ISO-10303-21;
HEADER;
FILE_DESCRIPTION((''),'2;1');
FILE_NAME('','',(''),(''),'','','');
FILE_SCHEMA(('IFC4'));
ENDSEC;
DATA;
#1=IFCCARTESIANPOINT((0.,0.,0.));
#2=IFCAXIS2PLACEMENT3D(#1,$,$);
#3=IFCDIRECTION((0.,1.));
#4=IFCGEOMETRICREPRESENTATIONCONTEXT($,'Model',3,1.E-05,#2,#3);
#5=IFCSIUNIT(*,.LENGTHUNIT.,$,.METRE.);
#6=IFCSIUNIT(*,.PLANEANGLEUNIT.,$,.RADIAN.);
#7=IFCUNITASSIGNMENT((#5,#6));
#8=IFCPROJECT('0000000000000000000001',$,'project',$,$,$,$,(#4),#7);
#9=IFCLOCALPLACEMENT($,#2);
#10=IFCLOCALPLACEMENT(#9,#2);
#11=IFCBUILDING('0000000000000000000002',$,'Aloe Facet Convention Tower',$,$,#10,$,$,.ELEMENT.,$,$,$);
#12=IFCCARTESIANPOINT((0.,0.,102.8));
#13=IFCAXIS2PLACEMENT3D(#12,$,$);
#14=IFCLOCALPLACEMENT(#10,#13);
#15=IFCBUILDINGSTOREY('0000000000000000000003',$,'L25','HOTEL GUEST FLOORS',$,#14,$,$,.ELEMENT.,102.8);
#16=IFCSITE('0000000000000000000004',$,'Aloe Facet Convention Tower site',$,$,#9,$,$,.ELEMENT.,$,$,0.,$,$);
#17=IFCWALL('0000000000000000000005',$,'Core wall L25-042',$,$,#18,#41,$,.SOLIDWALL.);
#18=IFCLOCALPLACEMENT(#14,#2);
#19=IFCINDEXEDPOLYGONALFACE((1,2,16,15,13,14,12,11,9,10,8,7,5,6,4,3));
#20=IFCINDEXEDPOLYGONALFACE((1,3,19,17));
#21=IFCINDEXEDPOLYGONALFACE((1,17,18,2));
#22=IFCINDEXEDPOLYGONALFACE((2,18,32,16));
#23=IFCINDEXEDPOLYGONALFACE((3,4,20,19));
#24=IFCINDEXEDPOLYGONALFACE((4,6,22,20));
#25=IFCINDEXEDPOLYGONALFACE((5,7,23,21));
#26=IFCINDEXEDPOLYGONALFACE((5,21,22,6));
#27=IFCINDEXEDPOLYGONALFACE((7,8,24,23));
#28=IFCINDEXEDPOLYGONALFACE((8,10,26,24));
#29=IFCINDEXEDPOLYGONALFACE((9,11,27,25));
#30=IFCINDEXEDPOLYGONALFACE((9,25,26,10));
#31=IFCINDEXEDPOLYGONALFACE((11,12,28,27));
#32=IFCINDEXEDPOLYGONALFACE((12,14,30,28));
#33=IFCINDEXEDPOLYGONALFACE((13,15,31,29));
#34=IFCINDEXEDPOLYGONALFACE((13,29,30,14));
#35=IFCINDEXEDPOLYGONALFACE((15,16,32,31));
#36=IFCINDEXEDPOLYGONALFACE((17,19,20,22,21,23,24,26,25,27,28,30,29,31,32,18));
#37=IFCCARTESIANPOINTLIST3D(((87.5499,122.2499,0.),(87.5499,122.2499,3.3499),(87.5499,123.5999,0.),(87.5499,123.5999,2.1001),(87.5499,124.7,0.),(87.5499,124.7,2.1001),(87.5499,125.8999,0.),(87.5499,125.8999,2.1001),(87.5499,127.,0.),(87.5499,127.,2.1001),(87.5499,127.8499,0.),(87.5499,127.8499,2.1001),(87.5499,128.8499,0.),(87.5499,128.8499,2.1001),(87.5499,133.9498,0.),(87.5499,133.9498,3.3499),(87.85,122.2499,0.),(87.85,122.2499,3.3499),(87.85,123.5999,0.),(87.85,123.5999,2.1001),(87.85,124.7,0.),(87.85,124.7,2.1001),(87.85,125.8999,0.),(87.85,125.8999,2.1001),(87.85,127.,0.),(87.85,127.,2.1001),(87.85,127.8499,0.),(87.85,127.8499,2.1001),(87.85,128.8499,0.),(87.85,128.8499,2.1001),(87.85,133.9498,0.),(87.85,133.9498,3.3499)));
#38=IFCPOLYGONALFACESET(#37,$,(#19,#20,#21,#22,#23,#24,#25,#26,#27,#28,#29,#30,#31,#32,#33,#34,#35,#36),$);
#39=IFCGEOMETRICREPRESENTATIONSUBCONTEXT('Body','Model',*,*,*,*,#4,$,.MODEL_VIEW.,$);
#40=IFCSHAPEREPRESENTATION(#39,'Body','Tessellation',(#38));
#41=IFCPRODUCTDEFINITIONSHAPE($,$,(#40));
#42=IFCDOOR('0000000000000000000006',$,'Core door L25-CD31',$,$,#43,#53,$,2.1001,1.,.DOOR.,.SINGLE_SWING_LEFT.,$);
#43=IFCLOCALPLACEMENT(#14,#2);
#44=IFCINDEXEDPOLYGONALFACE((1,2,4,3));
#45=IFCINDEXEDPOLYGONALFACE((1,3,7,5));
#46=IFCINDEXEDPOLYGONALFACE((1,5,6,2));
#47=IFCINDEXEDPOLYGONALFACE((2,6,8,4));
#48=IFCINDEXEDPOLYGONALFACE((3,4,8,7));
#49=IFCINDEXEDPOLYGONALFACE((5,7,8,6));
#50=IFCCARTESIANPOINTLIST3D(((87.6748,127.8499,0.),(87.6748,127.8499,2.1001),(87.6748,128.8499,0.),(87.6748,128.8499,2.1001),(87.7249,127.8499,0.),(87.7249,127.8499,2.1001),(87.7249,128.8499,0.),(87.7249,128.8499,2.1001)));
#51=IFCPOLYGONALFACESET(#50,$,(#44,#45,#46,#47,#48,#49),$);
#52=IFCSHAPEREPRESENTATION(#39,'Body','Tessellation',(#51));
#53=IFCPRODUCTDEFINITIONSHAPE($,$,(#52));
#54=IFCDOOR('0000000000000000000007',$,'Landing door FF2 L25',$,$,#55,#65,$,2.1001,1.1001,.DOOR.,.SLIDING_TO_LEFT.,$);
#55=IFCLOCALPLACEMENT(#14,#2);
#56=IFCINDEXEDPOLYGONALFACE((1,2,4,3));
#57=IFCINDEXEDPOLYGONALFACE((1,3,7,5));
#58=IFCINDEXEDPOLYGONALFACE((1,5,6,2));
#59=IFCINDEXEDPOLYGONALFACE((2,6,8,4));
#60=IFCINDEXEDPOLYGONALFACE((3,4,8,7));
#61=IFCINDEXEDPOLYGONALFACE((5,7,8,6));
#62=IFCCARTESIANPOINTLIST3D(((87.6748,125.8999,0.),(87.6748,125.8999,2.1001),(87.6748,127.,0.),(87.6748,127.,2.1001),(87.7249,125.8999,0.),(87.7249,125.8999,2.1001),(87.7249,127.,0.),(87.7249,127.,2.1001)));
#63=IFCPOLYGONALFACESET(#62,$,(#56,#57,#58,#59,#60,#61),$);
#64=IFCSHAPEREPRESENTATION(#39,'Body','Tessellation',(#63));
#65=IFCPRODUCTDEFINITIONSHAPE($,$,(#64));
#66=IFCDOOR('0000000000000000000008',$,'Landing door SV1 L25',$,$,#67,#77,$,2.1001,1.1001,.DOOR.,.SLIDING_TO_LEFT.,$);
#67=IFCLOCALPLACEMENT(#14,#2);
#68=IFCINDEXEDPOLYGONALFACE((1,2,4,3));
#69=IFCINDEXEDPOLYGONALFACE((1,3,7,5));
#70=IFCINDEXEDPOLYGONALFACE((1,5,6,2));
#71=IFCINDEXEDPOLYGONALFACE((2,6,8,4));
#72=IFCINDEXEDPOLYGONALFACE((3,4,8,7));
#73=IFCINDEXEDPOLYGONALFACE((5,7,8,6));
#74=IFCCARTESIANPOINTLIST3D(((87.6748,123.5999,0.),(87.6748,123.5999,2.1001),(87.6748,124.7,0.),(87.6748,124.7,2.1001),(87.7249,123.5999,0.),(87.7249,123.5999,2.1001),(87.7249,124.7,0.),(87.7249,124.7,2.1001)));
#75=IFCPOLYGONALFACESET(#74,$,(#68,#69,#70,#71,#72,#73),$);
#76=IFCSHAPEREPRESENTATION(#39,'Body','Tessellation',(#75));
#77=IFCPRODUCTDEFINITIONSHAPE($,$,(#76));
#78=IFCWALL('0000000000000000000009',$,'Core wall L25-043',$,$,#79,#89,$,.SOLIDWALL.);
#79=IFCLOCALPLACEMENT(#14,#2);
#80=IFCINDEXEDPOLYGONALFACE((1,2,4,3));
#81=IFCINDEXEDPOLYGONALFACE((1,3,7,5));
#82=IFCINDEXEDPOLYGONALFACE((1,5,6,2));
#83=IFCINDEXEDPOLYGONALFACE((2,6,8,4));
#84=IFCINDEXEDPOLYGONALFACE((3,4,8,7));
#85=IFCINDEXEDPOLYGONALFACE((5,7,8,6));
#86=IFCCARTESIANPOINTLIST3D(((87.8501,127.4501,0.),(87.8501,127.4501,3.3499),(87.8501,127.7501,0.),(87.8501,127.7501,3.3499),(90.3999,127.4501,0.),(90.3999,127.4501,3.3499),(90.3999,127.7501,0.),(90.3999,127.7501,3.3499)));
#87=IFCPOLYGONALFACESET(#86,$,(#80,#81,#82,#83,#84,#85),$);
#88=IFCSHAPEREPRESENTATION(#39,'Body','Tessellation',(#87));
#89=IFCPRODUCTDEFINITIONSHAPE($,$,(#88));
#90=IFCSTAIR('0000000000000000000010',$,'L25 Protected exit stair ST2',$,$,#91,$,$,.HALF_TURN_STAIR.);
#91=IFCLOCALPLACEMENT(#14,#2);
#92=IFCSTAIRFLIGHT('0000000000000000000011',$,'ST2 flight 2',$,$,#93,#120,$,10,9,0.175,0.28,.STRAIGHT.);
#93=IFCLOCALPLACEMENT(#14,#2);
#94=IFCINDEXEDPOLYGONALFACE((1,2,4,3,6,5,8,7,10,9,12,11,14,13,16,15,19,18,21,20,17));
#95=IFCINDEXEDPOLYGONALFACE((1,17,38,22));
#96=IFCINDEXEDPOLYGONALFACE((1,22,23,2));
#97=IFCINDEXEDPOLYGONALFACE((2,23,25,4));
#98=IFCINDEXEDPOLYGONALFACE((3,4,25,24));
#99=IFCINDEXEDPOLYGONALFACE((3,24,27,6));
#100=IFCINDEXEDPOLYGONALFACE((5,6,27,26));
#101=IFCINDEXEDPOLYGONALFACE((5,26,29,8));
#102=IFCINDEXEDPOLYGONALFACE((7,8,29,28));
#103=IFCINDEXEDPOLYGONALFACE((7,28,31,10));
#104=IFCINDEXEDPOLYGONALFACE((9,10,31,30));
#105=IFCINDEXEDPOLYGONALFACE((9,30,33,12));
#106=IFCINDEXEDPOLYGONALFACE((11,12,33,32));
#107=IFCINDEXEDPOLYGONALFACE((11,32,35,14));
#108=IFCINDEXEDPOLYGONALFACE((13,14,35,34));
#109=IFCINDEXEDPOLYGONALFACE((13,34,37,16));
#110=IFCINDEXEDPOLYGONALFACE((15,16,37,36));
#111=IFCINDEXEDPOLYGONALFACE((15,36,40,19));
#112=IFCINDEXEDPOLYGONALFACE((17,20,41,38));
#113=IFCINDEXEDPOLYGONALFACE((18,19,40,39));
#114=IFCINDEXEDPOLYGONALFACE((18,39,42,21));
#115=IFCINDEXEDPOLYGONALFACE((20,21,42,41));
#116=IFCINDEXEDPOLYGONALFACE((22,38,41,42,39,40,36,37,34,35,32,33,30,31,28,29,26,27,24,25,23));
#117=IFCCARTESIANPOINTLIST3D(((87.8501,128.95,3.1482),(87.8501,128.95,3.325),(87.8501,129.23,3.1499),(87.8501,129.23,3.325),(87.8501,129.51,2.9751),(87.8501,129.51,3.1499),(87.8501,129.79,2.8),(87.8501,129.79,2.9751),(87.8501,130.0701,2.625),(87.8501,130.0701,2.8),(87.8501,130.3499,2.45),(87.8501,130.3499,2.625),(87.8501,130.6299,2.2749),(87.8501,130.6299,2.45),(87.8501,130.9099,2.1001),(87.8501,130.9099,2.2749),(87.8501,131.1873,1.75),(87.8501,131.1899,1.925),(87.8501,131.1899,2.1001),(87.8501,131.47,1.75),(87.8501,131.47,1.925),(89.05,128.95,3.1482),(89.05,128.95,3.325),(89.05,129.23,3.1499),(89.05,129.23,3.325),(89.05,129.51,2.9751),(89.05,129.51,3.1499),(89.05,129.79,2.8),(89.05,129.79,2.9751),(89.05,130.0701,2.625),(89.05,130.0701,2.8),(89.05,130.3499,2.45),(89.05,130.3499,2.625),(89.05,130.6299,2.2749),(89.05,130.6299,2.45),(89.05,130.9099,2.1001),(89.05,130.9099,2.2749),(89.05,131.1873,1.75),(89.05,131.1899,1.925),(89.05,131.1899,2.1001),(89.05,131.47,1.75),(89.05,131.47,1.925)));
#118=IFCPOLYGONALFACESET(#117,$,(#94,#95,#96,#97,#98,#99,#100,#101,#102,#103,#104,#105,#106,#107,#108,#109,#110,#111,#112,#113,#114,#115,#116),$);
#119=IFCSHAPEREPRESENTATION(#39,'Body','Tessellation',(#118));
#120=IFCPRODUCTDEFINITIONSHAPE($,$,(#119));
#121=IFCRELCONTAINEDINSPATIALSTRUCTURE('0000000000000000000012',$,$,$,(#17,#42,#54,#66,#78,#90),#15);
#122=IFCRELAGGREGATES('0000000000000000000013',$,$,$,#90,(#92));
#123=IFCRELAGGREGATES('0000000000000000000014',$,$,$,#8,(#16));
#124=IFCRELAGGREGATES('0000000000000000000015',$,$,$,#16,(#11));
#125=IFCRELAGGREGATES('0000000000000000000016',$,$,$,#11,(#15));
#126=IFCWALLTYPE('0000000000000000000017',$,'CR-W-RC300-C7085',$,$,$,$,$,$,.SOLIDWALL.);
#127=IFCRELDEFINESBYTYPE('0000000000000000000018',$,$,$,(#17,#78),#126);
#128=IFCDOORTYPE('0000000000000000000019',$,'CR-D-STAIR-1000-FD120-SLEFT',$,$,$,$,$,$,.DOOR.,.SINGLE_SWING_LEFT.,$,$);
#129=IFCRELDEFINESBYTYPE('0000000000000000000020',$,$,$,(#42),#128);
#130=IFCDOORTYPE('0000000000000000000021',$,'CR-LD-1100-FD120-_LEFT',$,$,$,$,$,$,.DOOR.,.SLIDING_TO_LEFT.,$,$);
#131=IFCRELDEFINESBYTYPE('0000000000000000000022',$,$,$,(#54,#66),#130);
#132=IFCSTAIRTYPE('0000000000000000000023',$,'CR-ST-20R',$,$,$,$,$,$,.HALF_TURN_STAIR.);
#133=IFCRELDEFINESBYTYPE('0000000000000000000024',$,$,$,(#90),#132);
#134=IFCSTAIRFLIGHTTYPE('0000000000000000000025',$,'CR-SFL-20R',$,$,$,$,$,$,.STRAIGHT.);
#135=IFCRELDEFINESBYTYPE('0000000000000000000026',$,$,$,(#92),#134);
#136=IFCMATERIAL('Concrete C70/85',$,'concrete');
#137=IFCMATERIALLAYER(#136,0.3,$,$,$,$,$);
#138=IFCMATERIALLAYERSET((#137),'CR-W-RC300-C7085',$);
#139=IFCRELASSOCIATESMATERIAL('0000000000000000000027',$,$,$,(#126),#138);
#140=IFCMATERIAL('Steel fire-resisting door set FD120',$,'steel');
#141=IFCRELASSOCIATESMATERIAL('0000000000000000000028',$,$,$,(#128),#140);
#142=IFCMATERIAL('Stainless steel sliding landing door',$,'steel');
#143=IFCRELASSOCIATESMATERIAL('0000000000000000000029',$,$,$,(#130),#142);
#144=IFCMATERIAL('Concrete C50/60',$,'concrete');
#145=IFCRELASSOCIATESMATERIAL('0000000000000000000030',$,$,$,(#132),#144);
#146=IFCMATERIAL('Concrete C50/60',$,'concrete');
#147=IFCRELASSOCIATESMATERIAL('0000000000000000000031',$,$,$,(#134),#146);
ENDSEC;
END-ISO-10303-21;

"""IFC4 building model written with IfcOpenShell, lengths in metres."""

from ifc_helpers import new_model, si_unit, direction, frame, frame_2d, origin, place, context, subcontext, project, spatial, polyline, rectangle, outline, extrude, material, layer, layer_set, type_object, element, fill, aggregate, save


model = new_model("IFC4")

# Units and contexts
model_context = context("Model", 3, precision=1e-05, world=origin(), true_north=direction((0.0, 1.0)))
body_context = subcontext(model_context, "Body", "Model", "MODEL_VIEW")
ifc_project = project(units=[si_unit("LENGTHUNIT", "METRE"), si_unit("PLANEANGLEUNIT", "RADIAN")], contexts=[model_context])

# Site, building, storey
site_placement = place(None, origin())
site = spatial("IfcSite", under=ifc_project, at=site_placement, Name="Aloe Facet Convention Tower site", CompositionType="ELEMENT", RefElevation=0.0)
building_placement = place(site_placement, origin())
building = spatial("IfcBuilding", under=site, at=building_placement, Name="Aloe Facet Convention Tower", CompositionType="ELEMENT")
storey_placement = place(building_placement, frame((0.0, 0.0, 102.8)))
storey = spatial("IfcBuildingStorey", under=building, at=storey_placement, Name="L25", Description="HOTEL GUEST FLOORS", CompositionType="ELEMENT", Elevation=102.8)

# Shared definitions
ifc_material_1 = material(Name="Concrete C70/85", Category="concrete")
ifc_layer_1 = layer(ifc_material_1, 0.3)
ifc_layer_set_1 = layer_set([ifc_layer_1], Name="CR-W-RC300-C7085")
wall_type_1 = type_object("IfcWallType", Name="CR-W-RC300-C7085", PredefinedType="SOLIDWALL", material=ifc_layer_set_1)

# Wall, openings, doors
wall_1_placement = place(storey_placement, frame((87.7, 133.95, 0.0), z_axis=(0.0, 0.0, 1.0), x_axis=(0.0, -1.0, 0.0)))
wall_1 = element("IfcWall", 1, at=wall_1_placement, inside=storey, type_object=wall_type_1, Name="Core wall L25-042", PredefinedType="SOLIDWALL", context=body_context, shape_type="SweptSolid", body=[
    extrude(rectangle(XDim=11.7, YDim=0.3, at=frame_2d((5.8501, 0.0))), origin(), (0.0, 0.0, 1.0), 3.3499),
])
opening_1_placement = place(wall_1_placement, frame((6.95, 0.0, 0.0)))
opening_1 = element("IfcOpeningElement", 2, at=opening_1_placement, cuts=wall_1, PredefinedType="OPENING", context=body_context, shape_type="SweptSolid", body=[
    extrude(rectangle(XDim=1.1001, YDim=2.1001, at=frame_2d((0.55, 1.05))), frame((0.0, 0.1602, 0.0), z_axis=(0.0, -1.0, 0.0), x_axis=(1.0, 0.0, 0.0)), (0.0, 0.0, 1.0), 0.3201),
])
opening_2_placement = place(wall_1_placement, frame((5.1001, 0.0, 0.0)))
opening_2 = element("IfcOpeningElement", 3, at=opening_2_placement, cuts=wall_1, PredefinedType="OPENING", context=body_context, shape_type="SweptSolid", body=[
    extrude(rectangle(XDim=1.0, YDim=2.1001, at=frame_2d((0.5, 1.05))), frame((0.0, 0.1602, 0.0), z_axis=(0.0, -1.0, 0.0), x_axis=(1.0, 0.0, 0.0)), (0.0, 0.0, 1.0), 0.3201),
])
opening_3_placement = place(wall_1_placement, frame((9.25, 0.0, 0.0)))
opening_3 = element("IfcOpeningElement", 4, at=opening_3_placement, cuts=wall_1, PredefinedType="OPENING", context=body_context, shape_type="SweptSolid", body=[
    extrude(rectangle(XDim=1.1001, YDim=2.1001, at=frame_2d((0.55, 1.05))), frame((0.0, 0.1602, 0.0), z_axis=(0.0, -1.0, 0.0), x_axis=(1.0, 0.0, 0.0)), (0.0, 0.0, 1.0), 0.3201),
])
ifc_material_2 = material(Name="Steel fire-resisting door set FD120", Category="steel")
door_type_1 = type_object("IfcDoorType", Name="CR-D-STAIR-1000-FD120-SLEFT", OperationType="SINGLE_SWING_LEFT", PredefinedType="DOOR", material=ifc_material_2)
door_1_placement = place(opening_2_placement, origin())
door_1 = element("IfcDoor", 5, at=door_1_placement, inside=storey, type_object=door_type_1, Name="Core door L25-CD31", OperationType="SINGLE_SWING_LEFT", OverallHeight=2.1001, OverallWidth=1.0, PredefinedType="DOOR", context=body_context, shape_type="SweptSolid", body=[
    extrude(rectangle(XDim=1.0, YDim=2.1001, at=frame_2d((0.5, 1.05))), frame((0.0, 0.0249, 0.0), z_axis=(0.0, -1.0, 0.0), x_axis=(1.0, 0.0, 0.0)), (0.0, 0.0, 1.0), 0.05),
])
fill(opening_2, door_1)
ifc_material_3 = material(Name="Stainless steel sliding landing door", Category="steel")
door_type_2 = type_object("IfcDoorType", Name="CR-LD-1100-FD120-_LEFT", OperationType="SLIDING_TO_LEFT", PredefinedType="DOOR", material=ifc_material_3)
door_2_placement = place(opening_1_placement, origin())
door_2 = element("IfcDoor", 6, at=door_2_placement, inside=storey, type_object=door_type_2, Name="Landing door FF2 L25", OperationType="SLIDING_TO_LEFT", OverallHeight=2.1001, OverallWidth=1.1001, PredefinedType="DOOR", context=body_context, shape_type="SweptSolid", body=[
    extrude(rectangle(XDim=1.1001, YDim=2.1001, at=frame_2d((0.55, 1.05))), frame((0.0, 0.0249, 0.0), z_axis=(0.0, -1.0, 0.0), x_axis=(1.0, 0.0, 0.0)), (0.0, 0.0, 1.0), 0.05),
])
fill(opening_1, door_2)
door_3_placement = place(opening_3_placement, origin())
door_3 = element("IfcDoor", 7, at=door_3_placement, inside=storey, type_object=door_type_2, Name="Landing door SV1 L25", OperationType="SLIDING_TO_LEFT", OverallHeight=2.1001, OverallWidth=1.1001, PredefinedType="DOOR", context=body_context, shape_type="SweptSolid", body=[
    extrude(rectangle(XDim=1.1001, YDim=2.1001, at=frame_2d((0.55, 1.05))), frame((0.0, 0.0249, 0.0), z_axis=(0.0, -1.0, 0.0), x_axis=(1.0, 0.0, 0.0)), (0.0, 0.0, 1.0), 0.05),
])
fill(opening_3, door_3)

# Wall
wall_2_placement = place(storey_placement, frame((87.8501, 127.6001, 0.0), z_axis=(0.0, 0.0, 1.0), x_axis=(1.0, 0.0, 0.0)))
element("IfcWall", 8, at=wall_2_placement, inside=storey, type_object=wall_type_1, Name="Core wall L25-043", PredefinedType="SOLIDWALL", context=body_context, shape_type="SweptSolid", body=[
    extrude(rectangle(XDim=2.5498, YDim=0.3, at=frame_2d((1.2749, 0.0))), origin(), (0.0, 0.0, 1.0), 3.3499),
])

# Stair, stair flight
ifc_material_4 = material(Name="Concrete C50/60", Category="concrete")
stair_type = type_object("IfcStairType", Name="CR-ST-20R", PredefinedType="HALF_TURN_STAIR", material=ifc_material_4)
stair_placement = place(storey_placement, origin())
stair = element("IfcStair", 9, at=stair_placement, inside=storey, type_object=stair_type, Name="L25 Protected exit stair ST2", PredefinedType="HALF_TURN_STAIR")
ifc_material_5 = material(Name="Concrete C50/60", Category="concrete")
stair_flight_type = type_object("IfcStairFlightType", Name="CR-SFL-20R", PredefinedType="STRAIGHT", material=ifc_material_5)
stair_flight_placement = place(storey_placement, frame((88.45, 131.47, 1.75), z_axis=(0.0, 0.0, 1.0), x_axis=(0.0, -1.0, 0.0)))
stair_flight = element("IfcStairFlight", 10, at=stair_flight_placement, type_object=stair_flight_type, Name="ST2 flight 2", NumberOfRisers=10, NumberOfTreads=9, PredefinedType="STRAIGHT", RiserHeight=0.175, TreadLength=0.28, context=body_context, shape_type="SweptSolid", body=[
    extrude(outline(polyline([(0.0, 0.0), (0.0, 0.175), (0.28, 0.175), (0.28, 0.3501), (0.5601, 0.3501), (0.5601, 0.5249), (0.8401, 0.5249), (0.8401, 0.7), (1.1201, 0.7), (1.1201, 0.875), (1.3999, 0.875), (1.3999, 1.05), (1.6799, 1.05), (1.6799, 1.2251), (1.96, 1.2251), (1.96, 1.3999), (2.24, 1.3999), (2.24, 1.575), (2.52, 1.575), (2.52, 1.75), (2.52, 1.3982), (0.2827, 0.0), (0.0, 0.0)])), frame((0.0, 0.6001, 0.0), z_axis=(0.0, -1.0, 0.0), x_axis=(1.0, 0.0, 0.0)), (0.0, 0.0, 1.0), 1.2),
])
aggregate(stair, [stair_flight])

save(model, "model.ifc")
